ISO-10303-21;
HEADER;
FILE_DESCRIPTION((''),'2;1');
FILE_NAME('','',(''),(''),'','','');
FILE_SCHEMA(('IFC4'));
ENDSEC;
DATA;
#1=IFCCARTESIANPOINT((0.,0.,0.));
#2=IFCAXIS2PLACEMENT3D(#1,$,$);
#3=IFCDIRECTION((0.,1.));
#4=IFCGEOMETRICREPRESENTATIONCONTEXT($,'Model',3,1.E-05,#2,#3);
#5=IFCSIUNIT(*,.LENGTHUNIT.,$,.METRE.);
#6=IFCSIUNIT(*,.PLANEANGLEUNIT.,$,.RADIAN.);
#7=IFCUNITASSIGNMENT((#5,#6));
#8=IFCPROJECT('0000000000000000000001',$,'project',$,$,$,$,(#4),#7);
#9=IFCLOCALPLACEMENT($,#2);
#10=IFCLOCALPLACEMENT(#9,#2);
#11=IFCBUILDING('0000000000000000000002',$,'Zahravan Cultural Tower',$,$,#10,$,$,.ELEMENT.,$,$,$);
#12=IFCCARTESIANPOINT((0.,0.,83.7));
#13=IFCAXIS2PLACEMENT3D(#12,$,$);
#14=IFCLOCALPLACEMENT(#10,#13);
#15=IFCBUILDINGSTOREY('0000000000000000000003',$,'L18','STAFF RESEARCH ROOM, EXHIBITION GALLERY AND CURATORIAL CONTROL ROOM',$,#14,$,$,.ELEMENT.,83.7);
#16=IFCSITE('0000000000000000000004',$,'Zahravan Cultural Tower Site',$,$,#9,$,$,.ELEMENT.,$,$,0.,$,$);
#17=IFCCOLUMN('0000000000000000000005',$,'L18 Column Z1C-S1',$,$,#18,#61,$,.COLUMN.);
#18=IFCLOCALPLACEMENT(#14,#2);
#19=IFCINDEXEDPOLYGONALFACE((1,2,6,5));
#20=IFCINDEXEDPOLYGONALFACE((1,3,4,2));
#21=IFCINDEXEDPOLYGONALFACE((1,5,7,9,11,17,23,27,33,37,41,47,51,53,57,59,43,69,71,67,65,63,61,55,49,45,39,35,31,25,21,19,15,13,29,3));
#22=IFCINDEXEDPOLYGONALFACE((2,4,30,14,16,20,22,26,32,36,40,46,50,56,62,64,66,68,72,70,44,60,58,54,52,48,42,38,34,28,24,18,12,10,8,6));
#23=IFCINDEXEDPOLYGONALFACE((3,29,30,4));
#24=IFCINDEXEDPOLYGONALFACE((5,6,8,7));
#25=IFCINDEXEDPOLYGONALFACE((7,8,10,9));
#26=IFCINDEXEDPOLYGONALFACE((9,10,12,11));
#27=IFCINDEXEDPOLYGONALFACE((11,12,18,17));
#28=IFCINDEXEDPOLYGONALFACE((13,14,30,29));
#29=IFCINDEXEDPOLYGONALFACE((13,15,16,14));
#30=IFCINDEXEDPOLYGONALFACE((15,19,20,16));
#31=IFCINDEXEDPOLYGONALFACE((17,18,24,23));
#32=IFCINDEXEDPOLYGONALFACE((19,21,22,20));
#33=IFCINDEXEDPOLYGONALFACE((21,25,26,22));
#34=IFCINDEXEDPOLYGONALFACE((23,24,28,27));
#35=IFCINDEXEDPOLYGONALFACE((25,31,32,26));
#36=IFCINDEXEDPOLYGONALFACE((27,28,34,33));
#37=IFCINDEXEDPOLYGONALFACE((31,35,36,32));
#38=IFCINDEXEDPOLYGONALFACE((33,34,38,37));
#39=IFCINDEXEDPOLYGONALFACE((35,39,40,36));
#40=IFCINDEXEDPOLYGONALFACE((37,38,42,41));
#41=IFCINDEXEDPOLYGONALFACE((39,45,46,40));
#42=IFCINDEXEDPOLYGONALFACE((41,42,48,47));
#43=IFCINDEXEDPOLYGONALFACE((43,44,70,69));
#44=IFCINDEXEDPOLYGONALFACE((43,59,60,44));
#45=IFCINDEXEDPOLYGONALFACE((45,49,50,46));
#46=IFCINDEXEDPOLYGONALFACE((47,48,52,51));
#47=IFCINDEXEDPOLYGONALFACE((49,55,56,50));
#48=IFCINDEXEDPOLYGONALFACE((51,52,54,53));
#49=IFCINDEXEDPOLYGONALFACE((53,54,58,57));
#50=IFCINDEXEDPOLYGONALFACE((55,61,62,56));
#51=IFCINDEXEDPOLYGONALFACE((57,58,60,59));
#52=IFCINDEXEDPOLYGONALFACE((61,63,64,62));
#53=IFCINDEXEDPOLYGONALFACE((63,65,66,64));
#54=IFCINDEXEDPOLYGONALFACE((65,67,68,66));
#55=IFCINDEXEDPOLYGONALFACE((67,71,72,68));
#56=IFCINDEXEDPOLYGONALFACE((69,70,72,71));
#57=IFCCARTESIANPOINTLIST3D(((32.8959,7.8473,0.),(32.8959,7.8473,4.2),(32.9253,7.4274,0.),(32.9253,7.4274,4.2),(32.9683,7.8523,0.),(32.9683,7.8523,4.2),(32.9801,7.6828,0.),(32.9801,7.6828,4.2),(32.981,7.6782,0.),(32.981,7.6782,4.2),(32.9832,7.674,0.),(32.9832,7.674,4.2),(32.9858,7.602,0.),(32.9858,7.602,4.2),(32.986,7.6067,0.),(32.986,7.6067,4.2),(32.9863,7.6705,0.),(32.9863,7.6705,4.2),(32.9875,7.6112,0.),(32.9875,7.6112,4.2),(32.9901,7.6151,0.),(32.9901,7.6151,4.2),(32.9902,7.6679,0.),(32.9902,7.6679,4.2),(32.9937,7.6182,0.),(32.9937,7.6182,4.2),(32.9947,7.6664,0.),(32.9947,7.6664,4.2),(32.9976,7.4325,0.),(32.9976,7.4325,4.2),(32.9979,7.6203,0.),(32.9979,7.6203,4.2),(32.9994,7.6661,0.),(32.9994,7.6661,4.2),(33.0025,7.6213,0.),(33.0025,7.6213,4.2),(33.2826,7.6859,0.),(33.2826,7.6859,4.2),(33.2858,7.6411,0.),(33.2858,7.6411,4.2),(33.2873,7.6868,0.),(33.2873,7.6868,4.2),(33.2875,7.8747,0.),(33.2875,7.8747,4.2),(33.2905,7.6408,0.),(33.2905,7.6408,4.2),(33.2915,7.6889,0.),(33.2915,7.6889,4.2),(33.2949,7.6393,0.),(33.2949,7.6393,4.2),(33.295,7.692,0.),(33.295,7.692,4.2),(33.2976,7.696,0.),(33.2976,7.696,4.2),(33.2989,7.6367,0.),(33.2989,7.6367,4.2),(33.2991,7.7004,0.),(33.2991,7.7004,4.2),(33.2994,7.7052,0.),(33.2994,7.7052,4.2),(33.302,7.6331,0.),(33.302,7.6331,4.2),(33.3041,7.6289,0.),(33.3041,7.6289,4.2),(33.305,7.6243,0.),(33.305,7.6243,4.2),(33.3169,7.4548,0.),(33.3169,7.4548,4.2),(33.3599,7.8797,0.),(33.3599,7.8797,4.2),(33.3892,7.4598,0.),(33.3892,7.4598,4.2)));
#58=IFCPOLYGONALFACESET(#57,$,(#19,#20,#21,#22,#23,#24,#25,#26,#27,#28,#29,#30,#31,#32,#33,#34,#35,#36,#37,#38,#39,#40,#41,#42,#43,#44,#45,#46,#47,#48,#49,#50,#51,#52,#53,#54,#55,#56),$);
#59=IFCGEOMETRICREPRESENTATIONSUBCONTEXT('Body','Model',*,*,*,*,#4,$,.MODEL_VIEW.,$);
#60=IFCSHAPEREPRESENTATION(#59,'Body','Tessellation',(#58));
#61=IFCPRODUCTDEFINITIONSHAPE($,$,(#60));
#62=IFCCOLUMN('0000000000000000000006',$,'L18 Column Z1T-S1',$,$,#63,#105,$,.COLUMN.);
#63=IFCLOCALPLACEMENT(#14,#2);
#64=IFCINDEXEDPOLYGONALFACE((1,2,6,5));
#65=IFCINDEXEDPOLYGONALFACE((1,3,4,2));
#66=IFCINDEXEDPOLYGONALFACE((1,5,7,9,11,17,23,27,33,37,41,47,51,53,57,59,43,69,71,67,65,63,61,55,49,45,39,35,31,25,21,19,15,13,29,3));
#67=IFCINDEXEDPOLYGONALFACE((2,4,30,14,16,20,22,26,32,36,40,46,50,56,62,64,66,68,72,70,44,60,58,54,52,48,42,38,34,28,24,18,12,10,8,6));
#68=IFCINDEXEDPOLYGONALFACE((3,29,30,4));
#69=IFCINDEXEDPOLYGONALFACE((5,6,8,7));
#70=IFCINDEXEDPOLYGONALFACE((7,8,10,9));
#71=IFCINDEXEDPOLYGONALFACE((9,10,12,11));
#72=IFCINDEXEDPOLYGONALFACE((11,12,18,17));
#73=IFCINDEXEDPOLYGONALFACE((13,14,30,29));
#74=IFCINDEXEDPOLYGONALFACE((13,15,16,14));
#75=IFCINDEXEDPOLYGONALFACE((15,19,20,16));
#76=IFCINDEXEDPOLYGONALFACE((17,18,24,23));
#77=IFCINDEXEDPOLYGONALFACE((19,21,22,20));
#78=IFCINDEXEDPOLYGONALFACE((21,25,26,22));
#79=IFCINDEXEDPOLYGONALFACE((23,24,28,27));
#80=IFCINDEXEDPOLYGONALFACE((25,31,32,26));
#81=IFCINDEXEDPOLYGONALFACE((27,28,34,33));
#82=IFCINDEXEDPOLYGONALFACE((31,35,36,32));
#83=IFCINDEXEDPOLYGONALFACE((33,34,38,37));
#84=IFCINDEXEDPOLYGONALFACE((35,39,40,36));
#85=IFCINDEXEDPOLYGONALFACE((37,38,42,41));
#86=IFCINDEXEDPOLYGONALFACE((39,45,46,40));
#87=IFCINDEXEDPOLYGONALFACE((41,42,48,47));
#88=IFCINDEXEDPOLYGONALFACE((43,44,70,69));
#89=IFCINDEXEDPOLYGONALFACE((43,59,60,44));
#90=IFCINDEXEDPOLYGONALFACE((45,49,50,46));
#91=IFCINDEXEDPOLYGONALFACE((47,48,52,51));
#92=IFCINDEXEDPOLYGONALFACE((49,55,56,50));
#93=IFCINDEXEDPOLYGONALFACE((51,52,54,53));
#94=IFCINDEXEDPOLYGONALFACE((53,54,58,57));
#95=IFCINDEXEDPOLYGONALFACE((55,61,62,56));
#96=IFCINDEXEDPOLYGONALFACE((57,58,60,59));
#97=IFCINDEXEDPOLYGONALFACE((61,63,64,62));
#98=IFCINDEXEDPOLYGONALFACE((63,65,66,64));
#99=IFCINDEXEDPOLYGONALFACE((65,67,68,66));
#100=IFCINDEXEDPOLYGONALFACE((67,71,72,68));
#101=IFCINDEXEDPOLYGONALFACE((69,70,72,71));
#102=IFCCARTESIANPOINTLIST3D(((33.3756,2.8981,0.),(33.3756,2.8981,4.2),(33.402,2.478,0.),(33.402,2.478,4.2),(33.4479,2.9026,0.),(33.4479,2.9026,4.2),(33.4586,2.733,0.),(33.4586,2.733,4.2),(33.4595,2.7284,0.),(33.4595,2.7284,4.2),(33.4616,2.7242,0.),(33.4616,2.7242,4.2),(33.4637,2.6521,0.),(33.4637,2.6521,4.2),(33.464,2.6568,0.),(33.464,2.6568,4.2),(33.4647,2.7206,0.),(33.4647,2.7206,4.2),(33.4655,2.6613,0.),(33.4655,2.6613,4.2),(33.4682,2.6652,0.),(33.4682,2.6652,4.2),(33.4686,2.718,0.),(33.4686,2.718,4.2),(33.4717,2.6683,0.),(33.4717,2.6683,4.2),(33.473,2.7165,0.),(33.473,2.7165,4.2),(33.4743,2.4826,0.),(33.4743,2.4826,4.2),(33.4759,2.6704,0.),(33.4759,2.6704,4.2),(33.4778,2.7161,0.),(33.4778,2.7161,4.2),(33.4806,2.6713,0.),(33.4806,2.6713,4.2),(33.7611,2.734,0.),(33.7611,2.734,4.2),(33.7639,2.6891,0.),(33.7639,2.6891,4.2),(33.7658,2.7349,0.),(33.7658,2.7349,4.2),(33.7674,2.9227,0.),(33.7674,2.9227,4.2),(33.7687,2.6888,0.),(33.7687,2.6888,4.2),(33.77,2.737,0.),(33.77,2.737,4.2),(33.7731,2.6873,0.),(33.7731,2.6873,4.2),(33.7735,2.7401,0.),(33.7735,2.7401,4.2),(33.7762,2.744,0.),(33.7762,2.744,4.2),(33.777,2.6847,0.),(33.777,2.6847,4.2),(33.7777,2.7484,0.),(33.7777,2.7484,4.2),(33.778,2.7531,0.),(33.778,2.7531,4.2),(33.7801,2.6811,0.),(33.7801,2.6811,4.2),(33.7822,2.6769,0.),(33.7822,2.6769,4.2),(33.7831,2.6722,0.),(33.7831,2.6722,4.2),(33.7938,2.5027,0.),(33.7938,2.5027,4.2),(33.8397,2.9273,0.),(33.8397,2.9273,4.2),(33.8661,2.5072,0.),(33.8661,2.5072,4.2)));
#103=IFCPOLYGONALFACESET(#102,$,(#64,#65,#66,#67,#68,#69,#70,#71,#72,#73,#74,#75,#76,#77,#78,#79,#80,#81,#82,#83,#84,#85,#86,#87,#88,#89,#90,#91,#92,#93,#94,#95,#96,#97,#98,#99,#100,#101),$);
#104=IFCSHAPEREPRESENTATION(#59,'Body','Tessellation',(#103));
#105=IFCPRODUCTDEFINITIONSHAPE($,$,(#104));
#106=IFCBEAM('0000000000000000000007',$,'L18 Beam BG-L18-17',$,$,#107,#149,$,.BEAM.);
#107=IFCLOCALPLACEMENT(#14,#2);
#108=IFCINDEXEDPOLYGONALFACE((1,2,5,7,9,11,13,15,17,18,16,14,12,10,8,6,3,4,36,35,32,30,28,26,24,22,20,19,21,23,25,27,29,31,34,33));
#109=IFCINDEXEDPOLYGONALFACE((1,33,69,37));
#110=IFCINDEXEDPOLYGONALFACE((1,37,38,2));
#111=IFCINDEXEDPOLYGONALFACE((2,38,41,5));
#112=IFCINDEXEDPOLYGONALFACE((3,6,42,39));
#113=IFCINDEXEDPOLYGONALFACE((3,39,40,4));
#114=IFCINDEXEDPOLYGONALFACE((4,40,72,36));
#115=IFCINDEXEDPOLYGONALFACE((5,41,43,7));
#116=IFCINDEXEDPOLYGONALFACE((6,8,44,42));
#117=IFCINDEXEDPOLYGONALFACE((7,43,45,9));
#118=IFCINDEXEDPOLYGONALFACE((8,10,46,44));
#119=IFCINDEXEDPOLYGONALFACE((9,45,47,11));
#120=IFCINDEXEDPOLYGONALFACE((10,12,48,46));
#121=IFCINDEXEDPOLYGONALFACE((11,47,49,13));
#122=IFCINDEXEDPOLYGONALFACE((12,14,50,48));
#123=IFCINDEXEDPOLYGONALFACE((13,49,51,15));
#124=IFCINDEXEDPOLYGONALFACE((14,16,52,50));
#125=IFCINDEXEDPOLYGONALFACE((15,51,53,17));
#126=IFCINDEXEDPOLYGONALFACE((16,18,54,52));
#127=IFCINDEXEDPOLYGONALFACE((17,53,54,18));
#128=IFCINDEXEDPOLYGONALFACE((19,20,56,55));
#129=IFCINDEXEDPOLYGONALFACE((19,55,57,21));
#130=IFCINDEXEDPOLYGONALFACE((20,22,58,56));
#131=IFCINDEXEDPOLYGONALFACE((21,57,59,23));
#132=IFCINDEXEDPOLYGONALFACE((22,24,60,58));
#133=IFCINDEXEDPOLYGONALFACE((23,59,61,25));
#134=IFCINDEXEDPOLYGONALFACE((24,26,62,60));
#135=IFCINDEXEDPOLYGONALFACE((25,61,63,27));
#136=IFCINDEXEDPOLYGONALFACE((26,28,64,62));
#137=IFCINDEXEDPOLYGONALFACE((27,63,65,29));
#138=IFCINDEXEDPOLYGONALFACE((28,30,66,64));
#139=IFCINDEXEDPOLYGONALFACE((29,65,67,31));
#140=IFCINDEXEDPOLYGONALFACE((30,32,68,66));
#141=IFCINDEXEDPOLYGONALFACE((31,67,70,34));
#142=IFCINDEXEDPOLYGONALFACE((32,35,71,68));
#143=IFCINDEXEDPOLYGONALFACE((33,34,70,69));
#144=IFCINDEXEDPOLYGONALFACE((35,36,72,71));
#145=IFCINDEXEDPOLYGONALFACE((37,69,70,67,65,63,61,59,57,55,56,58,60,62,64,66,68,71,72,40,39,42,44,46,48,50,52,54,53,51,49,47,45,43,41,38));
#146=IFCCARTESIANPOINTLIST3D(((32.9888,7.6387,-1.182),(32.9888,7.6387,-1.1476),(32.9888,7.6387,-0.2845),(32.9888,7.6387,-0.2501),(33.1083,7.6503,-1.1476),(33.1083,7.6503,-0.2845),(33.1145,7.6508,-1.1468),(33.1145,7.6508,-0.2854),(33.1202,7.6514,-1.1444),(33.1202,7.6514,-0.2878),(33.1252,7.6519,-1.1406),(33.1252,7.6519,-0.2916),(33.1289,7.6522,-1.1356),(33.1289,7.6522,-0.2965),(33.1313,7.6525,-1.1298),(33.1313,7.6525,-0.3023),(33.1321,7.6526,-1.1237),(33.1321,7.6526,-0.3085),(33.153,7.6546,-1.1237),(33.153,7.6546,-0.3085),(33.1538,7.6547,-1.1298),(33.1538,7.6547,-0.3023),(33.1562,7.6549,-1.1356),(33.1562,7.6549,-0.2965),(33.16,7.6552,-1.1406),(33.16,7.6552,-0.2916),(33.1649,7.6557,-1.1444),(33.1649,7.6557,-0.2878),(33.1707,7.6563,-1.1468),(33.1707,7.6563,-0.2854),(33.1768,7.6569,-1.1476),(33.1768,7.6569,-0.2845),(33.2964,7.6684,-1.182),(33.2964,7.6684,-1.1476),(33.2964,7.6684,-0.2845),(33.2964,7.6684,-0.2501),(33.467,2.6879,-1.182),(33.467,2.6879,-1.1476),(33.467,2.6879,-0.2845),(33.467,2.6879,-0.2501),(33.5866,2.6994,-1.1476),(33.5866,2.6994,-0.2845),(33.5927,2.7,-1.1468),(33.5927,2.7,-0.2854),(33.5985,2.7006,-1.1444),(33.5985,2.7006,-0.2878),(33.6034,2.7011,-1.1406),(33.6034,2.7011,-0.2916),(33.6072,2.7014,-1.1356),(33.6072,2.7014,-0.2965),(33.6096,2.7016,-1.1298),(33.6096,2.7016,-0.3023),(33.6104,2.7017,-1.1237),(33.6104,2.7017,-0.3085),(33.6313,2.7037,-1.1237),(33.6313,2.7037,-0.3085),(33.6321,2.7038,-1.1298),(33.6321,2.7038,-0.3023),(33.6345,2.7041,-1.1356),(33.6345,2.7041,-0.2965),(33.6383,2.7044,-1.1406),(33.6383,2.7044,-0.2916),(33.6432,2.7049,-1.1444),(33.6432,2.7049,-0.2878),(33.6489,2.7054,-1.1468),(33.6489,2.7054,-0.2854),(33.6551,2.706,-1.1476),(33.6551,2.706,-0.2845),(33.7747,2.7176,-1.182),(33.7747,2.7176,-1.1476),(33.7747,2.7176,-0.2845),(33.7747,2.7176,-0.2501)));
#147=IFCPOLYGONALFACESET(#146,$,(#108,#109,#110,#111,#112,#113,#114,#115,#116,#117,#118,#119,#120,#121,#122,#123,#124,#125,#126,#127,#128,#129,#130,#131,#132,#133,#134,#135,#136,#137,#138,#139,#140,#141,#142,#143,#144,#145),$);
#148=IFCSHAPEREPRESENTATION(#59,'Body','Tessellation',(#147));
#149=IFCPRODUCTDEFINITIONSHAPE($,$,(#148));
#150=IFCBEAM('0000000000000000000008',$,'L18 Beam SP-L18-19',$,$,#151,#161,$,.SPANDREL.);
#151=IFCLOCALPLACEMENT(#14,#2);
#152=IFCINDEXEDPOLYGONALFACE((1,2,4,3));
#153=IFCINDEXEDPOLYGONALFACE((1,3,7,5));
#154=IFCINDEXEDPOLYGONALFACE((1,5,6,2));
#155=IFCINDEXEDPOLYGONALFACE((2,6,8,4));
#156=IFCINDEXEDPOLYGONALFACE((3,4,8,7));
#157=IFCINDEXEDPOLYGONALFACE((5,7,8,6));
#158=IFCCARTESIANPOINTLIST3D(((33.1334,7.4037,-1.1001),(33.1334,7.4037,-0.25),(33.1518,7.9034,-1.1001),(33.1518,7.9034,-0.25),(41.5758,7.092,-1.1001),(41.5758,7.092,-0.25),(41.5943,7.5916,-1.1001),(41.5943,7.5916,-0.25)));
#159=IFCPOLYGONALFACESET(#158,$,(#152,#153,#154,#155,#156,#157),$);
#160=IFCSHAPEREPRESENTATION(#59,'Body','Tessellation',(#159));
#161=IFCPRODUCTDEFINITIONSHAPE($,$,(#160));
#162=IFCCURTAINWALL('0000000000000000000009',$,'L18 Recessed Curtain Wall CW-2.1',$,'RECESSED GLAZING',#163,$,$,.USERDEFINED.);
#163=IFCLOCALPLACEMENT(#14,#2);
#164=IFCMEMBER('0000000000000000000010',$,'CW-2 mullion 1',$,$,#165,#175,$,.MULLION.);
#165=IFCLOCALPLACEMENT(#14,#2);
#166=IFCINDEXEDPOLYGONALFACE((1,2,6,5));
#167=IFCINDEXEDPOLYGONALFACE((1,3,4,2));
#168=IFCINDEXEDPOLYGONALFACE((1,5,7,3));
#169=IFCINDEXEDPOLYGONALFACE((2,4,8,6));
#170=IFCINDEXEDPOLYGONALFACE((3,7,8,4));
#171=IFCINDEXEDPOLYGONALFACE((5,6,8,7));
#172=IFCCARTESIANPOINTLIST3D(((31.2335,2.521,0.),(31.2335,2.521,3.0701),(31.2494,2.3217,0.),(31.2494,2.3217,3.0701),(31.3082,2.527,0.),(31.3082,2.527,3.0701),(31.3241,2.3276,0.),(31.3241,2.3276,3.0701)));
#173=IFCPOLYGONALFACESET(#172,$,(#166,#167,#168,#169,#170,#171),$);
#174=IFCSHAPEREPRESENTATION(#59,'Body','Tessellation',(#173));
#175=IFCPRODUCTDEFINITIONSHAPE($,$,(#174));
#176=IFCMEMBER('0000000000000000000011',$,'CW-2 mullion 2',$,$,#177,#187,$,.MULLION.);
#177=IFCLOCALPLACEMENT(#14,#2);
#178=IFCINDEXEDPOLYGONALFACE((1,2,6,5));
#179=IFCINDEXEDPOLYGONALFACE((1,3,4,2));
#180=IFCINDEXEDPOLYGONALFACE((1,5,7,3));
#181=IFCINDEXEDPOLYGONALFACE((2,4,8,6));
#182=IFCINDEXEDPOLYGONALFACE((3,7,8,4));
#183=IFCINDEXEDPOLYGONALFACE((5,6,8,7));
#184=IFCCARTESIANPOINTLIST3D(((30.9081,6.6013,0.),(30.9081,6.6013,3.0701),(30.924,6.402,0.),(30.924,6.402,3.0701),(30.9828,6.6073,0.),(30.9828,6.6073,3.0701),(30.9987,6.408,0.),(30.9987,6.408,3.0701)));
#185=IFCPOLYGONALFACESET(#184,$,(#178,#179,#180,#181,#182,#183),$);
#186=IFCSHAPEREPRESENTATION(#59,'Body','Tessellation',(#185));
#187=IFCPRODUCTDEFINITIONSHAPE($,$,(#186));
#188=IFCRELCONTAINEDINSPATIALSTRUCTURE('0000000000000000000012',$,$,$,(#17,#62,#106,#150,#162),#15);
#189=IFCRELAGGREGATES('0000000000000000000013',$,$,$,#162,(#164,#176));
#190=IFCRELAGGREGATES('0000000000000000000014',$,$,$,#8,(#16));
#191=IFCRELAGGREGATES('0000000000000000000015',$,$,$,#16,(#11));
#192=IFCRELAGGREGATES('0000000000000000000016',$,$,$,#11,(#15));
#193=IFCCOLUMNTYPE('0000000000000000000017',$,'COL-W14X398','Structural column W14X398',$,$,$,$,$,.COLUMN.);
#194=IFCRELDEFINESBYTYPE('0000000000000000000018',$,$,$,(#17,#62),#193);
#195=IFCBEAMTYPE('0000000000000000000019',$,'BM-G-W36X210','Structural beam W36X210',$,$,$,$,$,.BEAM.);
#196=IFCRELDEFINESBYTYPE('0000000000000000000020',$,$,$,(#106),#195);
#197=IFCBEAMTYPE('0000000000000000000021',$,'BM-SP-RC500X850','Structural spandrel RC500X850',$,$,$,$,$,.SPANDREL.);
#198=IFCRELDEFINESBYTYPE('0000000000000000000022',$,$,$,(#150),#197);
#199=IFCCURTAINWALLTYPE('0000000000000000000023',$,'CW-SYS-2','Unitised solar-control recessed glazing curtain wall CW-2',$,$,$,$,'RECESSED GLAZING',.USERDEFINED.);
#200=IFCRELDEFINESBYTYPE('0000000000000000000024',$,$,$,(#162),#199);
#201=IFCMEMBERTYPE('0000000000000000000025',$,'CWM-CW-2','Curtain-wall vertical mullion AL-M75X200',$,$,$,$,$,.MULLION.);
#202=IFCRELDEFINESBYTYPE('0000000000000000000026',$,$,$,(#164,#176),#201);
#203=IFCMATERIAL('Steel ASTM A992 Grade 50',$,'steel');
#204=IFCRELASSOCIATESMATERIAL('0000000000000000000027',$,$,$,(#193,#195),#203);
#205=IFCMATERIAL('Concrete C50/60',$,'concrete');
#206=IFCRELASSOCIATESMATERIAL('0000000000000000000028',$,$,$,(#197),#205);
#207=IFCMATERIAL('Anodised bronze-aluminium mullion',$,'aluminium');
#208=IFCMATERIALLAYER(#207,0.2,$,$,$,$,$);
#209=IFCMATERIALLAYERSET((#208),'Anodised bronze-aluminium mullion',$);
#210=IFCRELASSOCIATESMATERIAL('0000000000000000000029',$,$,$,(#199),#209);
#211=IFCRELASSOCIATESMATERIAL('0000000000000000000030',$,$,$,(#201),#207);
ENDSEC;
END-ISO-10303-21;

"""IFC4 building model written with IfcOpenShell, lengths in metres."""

from ifc_helpers import new_model, si_unit, direction, frame, origin, origin_2d, place, context, subcontext, project, spatial, rectangle, i_section, extrude, source, transform, mapped, material, layer, layer_set, material_profile, profile_set, type_object, element, aggregate, save


model = new_model("IFC4")

# Units and contexts
model_context = context("Model", 3, precision=1e-05, world=origin(), true_north=direction((0.0, 1.0)))
body_context = subcontext(model_context, "Body", "Model", "MODEL_VIEW")
ifc_project = project(units=[si_unit("LENGTHUNIT", "METRE"), si_unit("PLANEANGLEUNIT", "RADIAN")], contexts=[model_context])

# Site, building, storey
site_placement = place(None, origin())
site = spatial("IfcSite", under=ifc_project, at=site_placement, Name="Zahravan Cultural Tower Site", CompositionType="ELEMENT", RefElevation=0.0)
building_placement = place(site_placement, origin())
building = spatial("IfcBuilding", under=site, at=building_placement, Name="Zahravan Cultural Tower", CompositionType="ELEMENT")
storey_placement = place(building_placement, frame((0.0, 0.0, 83.7)))
storey = spatial("IfcBuildingStorey", under=building, at=storey_placement, Name="L18", Description="STAFF RESEARCH ROOM, EXHIBITION GALLERY AND CURATORIAL CONTROL ROOM", CompositionType="ELEMENT", Elevation=83.7)

# Columns
ifc_material_1 = material(Name="Steel ASTM A992 Grade 50", Category="steel")
ifc_material_profile_1 = material_profile(ifc_material_1, i_section(OverallWidth=0.4209, OverallDepth=0.4651, WebThickness=0.0449, FlangeThickness=0.0725, FilletRadius=0.0181, at=origin_2d()), Name="W14X398")
ifc_profile_set_1 = profile_set([ifc_material_profile_1], Name="Steel ASTM A992 Grade 50")
column_type = type_object("IfcColumnType", Name="COL-W14X398", Description="Structural column W14X398", PredefinedType="COLUMN", material=ifc_profile_set_1)
shared_shape_1 = source(origin(), body_context, "Body", "SweptSolid", [
    extrude(i_section(OverallWidth=0.4209, OverallDepth=0.4651, WebThickness=0.0449, FlangeThickness=0.0725, FilletRadius=0.0181, at=origin_2d()), origin(), (0.0, 0.0, 1.0), 4.2),
])
for number, where, z_axis, x_axis, name in (
    (1, (33.1426, 7.6536, 0.0), (0.0, 0.0, 1.0), (-0.069756, 0.997564, 0.0), "L18 Column Z1C-S1"),
    (2, (33.6208, 2.7026, 0.0), (0.0, 0.0, 1.0), (-0.062791, 0.998027, 0.0), "L18 Column Z1T-S1"),
):
    element("IfcColumn", number, at=place(storey_placement, frame(where, z_axis=z_axis, x_axis=x_axis)), inside=storey, type_object=column_type, Name=name, PredefinedType="COLUMN", context=body_context, shape_type="MappedRepresentation", body=[
        mapped(shared_shape_1, transform((0.0, 0.0, 0.0), x_axis=(1.0, 0.0, 0.0), y_axis=(0.0, 1.0, 0.0), z_axis=(0.0, 0.0, 1.0), scale=1.0)),
    ])

# Beams
ifc_material_profile_2 = material_profile(ifc_material_1, i_section(OverallWidth=0.3091, OverallDepth=0.9319, WebThickness=0.021, FlangeThickness=0.0344, FilletRadius=0.0239, at=origin_2d()), Name="W36X210")
ifc_profile_set_2 = profile_set([ifc_material_profile_2], Name="Steel ASTM A992 Grade 50")
beam_type_1 = type_object("IfcBeamType", Name="BM-G-W36X210", Description="Structural beam W36X210", PredefinedType="BEAM", material=ifc_profile_set_2)
shared_shape_2 = source(origin(), body_context, "Body", "SweptSolid", [
    extrude(i_section(OverallWidth=0.3091, OverallDepth=0.9319, WebThickness=0.021, FlangeThickness=0.0344, FilletRadius=0.0239, at=origin_2d()), origin(), (0.0, 0.0, 1.0), 4.9739),
])
beam_1_placement = place(storey_placement, frame((33.1426, 7.6536, -0.7161), z_axis=(0.096155, -0.995366, 0.0), x_axis=(0.995366, 0.096155, 0.0)))
element("IfcBeam", 3, at=beam_1_placement, inside=storey, type_object=beam_type_1, Name="L18 Beam BG-L18-17", PredefinedType="BEAM", context=body_context, shape_type="MappedRepresentation", body=[
    mapped(shared_shape_2, transform((0.0, 0.0, 0.0), x_axis=(1.0, 0.0, 0.0), y_axis=(0.0, 1.0, 0.0), z_axis=(0.0, 0.0, 1.0), scale=1.0)),
])
ifc_material_2 = material(Name="Concrete C50/60", Category="concrete")
ifc_material_profile_3 = material_profile(ifc_material_2, rectangle(XDim=0.5, YDim=0.8501, at=origin_2d()), Name="RC500X850")
ifc_profile_set_3 = profile_set([ifc_material_profile_3], Name="Concrete C50/60")
beam_type_2 = type_object("IfcBeamType", Name="BM-SP-RC500X850", Description="Structural spandrel RC500X850", PredefinedType="SPANDREL", material=ifc_profile_set_3)
shared_shape_3 = source(origin(), body_context, "Body", "SweptSolid", [
    extrude(rectangle(XDim=0.5, YDim=0.8501, at=origin_2d()), origin(), (0.0, 0.0, 1.0), 8.4482),
])
beam_2_placement = place(storey_placement, frame((33.1426, 7.6536, -0.675), z_axis=(0.999319, -0.036904, 0.0), x_axis=(0.036904, 0.999319, 0.0)))
element("IfcBeam", 4, at=beam_2_placement, inside=storey, type_object=beam_type_2, Name="L18 Beam SP-L18-19", PredefinedType="SPANDREL", context=body_context, shape_type="MappedRepresentation", body=[
    mapped(shared_shape_3, transform((0.0, 0.0, 0.0), x_axis=(1.0, 0.0, 0.0), y_axis=(0.0, 1.0, 0.0), z_axis=(0.0, 0.0, 1.0), scale=1.0)),
])

# Curtain wall, members
ifc_material_3 = material(Name="Anodised bronze-aluminium mullion", Category="aluminium")
ifc_layer_1 = layer(ifc_material_3, 0.2)
ifc_layer_set_1 = layer_set([ifc_layer_1], Name="Anodised bronze-aluminium mullion")
curtain_wall_type = type_object("IfcCurtainWallType", Name="CW-SYS-2", Description="Unitised solar-control recessed glazing curtain wall CW-2", ElementType="RECESSED GLAZING", PredefinedType="USERDEFINED", material=ifc_layer_set_1)
curtain_wall_placement = place(storey_placement, origin())
curtain_wall = element("IfcCurtainWall", 5, at=curtain_wall_placement, inside=storey, type_object=curtain_wall_type, Name="L18 Recessed Curtain Wall CW-2.1", ObjectType="RECESSED GLAZING", PredefinedType="USERDEFINED")
ifc_material_profile_4 = material_profile(ifc_material_3, rectangle(XDim=0.075, YDim=0.2, at=origin_2d()), Name="AL-M75X200")
ifc_profile_set_4 = profile_set([ifc_material_profile_4], Name="Anodised bronze-aluminium mullion")
member_type_1 = type_object("IfcMemberType", Name="CWM-CW-2", Description="Curtain-wall vertical mullion AL-M75X200", PredefinedType="MULLION", material=ifc_profile_set_4)
shared_shape_4 = source(origin(), body_context, "Body", "SweptSolid", [
    extrude(rectangle(XDim=0.075, YDim=0.2, at=origin_2d()), origin(), (0.0, 0.0, 1.0), 3.0701),
])
member_1_placement = place(storey_placement, frame((31.2788, 2.4243, 0.0), z_axis=(0.0, 0.0, 1.0), x_axis=(-0.996835, -0.079501, 0.0)))
member_1 = element("IfcMember", 6, at=member_1_placement, type_object=member_type_1, Name="CW-2 mullion 1", PredefinedType="MULLION", context=body_context, shape_type="MappedRepresentation", body=[
    mapped(shared_shape_4, transform((0.0, 0.0, 0.0), x_axis=(1.0, 0.0, 0.0), y_axis=(0.0, 1.0, 0.0), z_axis=(0.0, 0.0, 1.0), scale=1.0)),
])
member_2_placement = place(storey_placement, frame((30.9534, 6.5046, 0.0), z_axis=(0.0, 0.0, 1.0), x_axis=(-0.996835, -0.079501, 0.0)))
member_2 = element("IfcMember", 7, at=member_2_placement, type_object=member_type_1, Name="CW-2 mullion 2", PredefinedType="MULLION", context=body_context, shape_type="MappedRepresentation", body=[
    mapped(shared_shape_4, transform((0.0, 0.0, 0.0), x_axis=(1.0, 0.0, 0.0), y_axis=(0.0, 1.0, 0.0), z_axis=(0.0, 0.0, 1.0), scale=1.0)),
])
aggregate(curtain_wall, [member_1, member_2])

save(model, "model.ifc")
